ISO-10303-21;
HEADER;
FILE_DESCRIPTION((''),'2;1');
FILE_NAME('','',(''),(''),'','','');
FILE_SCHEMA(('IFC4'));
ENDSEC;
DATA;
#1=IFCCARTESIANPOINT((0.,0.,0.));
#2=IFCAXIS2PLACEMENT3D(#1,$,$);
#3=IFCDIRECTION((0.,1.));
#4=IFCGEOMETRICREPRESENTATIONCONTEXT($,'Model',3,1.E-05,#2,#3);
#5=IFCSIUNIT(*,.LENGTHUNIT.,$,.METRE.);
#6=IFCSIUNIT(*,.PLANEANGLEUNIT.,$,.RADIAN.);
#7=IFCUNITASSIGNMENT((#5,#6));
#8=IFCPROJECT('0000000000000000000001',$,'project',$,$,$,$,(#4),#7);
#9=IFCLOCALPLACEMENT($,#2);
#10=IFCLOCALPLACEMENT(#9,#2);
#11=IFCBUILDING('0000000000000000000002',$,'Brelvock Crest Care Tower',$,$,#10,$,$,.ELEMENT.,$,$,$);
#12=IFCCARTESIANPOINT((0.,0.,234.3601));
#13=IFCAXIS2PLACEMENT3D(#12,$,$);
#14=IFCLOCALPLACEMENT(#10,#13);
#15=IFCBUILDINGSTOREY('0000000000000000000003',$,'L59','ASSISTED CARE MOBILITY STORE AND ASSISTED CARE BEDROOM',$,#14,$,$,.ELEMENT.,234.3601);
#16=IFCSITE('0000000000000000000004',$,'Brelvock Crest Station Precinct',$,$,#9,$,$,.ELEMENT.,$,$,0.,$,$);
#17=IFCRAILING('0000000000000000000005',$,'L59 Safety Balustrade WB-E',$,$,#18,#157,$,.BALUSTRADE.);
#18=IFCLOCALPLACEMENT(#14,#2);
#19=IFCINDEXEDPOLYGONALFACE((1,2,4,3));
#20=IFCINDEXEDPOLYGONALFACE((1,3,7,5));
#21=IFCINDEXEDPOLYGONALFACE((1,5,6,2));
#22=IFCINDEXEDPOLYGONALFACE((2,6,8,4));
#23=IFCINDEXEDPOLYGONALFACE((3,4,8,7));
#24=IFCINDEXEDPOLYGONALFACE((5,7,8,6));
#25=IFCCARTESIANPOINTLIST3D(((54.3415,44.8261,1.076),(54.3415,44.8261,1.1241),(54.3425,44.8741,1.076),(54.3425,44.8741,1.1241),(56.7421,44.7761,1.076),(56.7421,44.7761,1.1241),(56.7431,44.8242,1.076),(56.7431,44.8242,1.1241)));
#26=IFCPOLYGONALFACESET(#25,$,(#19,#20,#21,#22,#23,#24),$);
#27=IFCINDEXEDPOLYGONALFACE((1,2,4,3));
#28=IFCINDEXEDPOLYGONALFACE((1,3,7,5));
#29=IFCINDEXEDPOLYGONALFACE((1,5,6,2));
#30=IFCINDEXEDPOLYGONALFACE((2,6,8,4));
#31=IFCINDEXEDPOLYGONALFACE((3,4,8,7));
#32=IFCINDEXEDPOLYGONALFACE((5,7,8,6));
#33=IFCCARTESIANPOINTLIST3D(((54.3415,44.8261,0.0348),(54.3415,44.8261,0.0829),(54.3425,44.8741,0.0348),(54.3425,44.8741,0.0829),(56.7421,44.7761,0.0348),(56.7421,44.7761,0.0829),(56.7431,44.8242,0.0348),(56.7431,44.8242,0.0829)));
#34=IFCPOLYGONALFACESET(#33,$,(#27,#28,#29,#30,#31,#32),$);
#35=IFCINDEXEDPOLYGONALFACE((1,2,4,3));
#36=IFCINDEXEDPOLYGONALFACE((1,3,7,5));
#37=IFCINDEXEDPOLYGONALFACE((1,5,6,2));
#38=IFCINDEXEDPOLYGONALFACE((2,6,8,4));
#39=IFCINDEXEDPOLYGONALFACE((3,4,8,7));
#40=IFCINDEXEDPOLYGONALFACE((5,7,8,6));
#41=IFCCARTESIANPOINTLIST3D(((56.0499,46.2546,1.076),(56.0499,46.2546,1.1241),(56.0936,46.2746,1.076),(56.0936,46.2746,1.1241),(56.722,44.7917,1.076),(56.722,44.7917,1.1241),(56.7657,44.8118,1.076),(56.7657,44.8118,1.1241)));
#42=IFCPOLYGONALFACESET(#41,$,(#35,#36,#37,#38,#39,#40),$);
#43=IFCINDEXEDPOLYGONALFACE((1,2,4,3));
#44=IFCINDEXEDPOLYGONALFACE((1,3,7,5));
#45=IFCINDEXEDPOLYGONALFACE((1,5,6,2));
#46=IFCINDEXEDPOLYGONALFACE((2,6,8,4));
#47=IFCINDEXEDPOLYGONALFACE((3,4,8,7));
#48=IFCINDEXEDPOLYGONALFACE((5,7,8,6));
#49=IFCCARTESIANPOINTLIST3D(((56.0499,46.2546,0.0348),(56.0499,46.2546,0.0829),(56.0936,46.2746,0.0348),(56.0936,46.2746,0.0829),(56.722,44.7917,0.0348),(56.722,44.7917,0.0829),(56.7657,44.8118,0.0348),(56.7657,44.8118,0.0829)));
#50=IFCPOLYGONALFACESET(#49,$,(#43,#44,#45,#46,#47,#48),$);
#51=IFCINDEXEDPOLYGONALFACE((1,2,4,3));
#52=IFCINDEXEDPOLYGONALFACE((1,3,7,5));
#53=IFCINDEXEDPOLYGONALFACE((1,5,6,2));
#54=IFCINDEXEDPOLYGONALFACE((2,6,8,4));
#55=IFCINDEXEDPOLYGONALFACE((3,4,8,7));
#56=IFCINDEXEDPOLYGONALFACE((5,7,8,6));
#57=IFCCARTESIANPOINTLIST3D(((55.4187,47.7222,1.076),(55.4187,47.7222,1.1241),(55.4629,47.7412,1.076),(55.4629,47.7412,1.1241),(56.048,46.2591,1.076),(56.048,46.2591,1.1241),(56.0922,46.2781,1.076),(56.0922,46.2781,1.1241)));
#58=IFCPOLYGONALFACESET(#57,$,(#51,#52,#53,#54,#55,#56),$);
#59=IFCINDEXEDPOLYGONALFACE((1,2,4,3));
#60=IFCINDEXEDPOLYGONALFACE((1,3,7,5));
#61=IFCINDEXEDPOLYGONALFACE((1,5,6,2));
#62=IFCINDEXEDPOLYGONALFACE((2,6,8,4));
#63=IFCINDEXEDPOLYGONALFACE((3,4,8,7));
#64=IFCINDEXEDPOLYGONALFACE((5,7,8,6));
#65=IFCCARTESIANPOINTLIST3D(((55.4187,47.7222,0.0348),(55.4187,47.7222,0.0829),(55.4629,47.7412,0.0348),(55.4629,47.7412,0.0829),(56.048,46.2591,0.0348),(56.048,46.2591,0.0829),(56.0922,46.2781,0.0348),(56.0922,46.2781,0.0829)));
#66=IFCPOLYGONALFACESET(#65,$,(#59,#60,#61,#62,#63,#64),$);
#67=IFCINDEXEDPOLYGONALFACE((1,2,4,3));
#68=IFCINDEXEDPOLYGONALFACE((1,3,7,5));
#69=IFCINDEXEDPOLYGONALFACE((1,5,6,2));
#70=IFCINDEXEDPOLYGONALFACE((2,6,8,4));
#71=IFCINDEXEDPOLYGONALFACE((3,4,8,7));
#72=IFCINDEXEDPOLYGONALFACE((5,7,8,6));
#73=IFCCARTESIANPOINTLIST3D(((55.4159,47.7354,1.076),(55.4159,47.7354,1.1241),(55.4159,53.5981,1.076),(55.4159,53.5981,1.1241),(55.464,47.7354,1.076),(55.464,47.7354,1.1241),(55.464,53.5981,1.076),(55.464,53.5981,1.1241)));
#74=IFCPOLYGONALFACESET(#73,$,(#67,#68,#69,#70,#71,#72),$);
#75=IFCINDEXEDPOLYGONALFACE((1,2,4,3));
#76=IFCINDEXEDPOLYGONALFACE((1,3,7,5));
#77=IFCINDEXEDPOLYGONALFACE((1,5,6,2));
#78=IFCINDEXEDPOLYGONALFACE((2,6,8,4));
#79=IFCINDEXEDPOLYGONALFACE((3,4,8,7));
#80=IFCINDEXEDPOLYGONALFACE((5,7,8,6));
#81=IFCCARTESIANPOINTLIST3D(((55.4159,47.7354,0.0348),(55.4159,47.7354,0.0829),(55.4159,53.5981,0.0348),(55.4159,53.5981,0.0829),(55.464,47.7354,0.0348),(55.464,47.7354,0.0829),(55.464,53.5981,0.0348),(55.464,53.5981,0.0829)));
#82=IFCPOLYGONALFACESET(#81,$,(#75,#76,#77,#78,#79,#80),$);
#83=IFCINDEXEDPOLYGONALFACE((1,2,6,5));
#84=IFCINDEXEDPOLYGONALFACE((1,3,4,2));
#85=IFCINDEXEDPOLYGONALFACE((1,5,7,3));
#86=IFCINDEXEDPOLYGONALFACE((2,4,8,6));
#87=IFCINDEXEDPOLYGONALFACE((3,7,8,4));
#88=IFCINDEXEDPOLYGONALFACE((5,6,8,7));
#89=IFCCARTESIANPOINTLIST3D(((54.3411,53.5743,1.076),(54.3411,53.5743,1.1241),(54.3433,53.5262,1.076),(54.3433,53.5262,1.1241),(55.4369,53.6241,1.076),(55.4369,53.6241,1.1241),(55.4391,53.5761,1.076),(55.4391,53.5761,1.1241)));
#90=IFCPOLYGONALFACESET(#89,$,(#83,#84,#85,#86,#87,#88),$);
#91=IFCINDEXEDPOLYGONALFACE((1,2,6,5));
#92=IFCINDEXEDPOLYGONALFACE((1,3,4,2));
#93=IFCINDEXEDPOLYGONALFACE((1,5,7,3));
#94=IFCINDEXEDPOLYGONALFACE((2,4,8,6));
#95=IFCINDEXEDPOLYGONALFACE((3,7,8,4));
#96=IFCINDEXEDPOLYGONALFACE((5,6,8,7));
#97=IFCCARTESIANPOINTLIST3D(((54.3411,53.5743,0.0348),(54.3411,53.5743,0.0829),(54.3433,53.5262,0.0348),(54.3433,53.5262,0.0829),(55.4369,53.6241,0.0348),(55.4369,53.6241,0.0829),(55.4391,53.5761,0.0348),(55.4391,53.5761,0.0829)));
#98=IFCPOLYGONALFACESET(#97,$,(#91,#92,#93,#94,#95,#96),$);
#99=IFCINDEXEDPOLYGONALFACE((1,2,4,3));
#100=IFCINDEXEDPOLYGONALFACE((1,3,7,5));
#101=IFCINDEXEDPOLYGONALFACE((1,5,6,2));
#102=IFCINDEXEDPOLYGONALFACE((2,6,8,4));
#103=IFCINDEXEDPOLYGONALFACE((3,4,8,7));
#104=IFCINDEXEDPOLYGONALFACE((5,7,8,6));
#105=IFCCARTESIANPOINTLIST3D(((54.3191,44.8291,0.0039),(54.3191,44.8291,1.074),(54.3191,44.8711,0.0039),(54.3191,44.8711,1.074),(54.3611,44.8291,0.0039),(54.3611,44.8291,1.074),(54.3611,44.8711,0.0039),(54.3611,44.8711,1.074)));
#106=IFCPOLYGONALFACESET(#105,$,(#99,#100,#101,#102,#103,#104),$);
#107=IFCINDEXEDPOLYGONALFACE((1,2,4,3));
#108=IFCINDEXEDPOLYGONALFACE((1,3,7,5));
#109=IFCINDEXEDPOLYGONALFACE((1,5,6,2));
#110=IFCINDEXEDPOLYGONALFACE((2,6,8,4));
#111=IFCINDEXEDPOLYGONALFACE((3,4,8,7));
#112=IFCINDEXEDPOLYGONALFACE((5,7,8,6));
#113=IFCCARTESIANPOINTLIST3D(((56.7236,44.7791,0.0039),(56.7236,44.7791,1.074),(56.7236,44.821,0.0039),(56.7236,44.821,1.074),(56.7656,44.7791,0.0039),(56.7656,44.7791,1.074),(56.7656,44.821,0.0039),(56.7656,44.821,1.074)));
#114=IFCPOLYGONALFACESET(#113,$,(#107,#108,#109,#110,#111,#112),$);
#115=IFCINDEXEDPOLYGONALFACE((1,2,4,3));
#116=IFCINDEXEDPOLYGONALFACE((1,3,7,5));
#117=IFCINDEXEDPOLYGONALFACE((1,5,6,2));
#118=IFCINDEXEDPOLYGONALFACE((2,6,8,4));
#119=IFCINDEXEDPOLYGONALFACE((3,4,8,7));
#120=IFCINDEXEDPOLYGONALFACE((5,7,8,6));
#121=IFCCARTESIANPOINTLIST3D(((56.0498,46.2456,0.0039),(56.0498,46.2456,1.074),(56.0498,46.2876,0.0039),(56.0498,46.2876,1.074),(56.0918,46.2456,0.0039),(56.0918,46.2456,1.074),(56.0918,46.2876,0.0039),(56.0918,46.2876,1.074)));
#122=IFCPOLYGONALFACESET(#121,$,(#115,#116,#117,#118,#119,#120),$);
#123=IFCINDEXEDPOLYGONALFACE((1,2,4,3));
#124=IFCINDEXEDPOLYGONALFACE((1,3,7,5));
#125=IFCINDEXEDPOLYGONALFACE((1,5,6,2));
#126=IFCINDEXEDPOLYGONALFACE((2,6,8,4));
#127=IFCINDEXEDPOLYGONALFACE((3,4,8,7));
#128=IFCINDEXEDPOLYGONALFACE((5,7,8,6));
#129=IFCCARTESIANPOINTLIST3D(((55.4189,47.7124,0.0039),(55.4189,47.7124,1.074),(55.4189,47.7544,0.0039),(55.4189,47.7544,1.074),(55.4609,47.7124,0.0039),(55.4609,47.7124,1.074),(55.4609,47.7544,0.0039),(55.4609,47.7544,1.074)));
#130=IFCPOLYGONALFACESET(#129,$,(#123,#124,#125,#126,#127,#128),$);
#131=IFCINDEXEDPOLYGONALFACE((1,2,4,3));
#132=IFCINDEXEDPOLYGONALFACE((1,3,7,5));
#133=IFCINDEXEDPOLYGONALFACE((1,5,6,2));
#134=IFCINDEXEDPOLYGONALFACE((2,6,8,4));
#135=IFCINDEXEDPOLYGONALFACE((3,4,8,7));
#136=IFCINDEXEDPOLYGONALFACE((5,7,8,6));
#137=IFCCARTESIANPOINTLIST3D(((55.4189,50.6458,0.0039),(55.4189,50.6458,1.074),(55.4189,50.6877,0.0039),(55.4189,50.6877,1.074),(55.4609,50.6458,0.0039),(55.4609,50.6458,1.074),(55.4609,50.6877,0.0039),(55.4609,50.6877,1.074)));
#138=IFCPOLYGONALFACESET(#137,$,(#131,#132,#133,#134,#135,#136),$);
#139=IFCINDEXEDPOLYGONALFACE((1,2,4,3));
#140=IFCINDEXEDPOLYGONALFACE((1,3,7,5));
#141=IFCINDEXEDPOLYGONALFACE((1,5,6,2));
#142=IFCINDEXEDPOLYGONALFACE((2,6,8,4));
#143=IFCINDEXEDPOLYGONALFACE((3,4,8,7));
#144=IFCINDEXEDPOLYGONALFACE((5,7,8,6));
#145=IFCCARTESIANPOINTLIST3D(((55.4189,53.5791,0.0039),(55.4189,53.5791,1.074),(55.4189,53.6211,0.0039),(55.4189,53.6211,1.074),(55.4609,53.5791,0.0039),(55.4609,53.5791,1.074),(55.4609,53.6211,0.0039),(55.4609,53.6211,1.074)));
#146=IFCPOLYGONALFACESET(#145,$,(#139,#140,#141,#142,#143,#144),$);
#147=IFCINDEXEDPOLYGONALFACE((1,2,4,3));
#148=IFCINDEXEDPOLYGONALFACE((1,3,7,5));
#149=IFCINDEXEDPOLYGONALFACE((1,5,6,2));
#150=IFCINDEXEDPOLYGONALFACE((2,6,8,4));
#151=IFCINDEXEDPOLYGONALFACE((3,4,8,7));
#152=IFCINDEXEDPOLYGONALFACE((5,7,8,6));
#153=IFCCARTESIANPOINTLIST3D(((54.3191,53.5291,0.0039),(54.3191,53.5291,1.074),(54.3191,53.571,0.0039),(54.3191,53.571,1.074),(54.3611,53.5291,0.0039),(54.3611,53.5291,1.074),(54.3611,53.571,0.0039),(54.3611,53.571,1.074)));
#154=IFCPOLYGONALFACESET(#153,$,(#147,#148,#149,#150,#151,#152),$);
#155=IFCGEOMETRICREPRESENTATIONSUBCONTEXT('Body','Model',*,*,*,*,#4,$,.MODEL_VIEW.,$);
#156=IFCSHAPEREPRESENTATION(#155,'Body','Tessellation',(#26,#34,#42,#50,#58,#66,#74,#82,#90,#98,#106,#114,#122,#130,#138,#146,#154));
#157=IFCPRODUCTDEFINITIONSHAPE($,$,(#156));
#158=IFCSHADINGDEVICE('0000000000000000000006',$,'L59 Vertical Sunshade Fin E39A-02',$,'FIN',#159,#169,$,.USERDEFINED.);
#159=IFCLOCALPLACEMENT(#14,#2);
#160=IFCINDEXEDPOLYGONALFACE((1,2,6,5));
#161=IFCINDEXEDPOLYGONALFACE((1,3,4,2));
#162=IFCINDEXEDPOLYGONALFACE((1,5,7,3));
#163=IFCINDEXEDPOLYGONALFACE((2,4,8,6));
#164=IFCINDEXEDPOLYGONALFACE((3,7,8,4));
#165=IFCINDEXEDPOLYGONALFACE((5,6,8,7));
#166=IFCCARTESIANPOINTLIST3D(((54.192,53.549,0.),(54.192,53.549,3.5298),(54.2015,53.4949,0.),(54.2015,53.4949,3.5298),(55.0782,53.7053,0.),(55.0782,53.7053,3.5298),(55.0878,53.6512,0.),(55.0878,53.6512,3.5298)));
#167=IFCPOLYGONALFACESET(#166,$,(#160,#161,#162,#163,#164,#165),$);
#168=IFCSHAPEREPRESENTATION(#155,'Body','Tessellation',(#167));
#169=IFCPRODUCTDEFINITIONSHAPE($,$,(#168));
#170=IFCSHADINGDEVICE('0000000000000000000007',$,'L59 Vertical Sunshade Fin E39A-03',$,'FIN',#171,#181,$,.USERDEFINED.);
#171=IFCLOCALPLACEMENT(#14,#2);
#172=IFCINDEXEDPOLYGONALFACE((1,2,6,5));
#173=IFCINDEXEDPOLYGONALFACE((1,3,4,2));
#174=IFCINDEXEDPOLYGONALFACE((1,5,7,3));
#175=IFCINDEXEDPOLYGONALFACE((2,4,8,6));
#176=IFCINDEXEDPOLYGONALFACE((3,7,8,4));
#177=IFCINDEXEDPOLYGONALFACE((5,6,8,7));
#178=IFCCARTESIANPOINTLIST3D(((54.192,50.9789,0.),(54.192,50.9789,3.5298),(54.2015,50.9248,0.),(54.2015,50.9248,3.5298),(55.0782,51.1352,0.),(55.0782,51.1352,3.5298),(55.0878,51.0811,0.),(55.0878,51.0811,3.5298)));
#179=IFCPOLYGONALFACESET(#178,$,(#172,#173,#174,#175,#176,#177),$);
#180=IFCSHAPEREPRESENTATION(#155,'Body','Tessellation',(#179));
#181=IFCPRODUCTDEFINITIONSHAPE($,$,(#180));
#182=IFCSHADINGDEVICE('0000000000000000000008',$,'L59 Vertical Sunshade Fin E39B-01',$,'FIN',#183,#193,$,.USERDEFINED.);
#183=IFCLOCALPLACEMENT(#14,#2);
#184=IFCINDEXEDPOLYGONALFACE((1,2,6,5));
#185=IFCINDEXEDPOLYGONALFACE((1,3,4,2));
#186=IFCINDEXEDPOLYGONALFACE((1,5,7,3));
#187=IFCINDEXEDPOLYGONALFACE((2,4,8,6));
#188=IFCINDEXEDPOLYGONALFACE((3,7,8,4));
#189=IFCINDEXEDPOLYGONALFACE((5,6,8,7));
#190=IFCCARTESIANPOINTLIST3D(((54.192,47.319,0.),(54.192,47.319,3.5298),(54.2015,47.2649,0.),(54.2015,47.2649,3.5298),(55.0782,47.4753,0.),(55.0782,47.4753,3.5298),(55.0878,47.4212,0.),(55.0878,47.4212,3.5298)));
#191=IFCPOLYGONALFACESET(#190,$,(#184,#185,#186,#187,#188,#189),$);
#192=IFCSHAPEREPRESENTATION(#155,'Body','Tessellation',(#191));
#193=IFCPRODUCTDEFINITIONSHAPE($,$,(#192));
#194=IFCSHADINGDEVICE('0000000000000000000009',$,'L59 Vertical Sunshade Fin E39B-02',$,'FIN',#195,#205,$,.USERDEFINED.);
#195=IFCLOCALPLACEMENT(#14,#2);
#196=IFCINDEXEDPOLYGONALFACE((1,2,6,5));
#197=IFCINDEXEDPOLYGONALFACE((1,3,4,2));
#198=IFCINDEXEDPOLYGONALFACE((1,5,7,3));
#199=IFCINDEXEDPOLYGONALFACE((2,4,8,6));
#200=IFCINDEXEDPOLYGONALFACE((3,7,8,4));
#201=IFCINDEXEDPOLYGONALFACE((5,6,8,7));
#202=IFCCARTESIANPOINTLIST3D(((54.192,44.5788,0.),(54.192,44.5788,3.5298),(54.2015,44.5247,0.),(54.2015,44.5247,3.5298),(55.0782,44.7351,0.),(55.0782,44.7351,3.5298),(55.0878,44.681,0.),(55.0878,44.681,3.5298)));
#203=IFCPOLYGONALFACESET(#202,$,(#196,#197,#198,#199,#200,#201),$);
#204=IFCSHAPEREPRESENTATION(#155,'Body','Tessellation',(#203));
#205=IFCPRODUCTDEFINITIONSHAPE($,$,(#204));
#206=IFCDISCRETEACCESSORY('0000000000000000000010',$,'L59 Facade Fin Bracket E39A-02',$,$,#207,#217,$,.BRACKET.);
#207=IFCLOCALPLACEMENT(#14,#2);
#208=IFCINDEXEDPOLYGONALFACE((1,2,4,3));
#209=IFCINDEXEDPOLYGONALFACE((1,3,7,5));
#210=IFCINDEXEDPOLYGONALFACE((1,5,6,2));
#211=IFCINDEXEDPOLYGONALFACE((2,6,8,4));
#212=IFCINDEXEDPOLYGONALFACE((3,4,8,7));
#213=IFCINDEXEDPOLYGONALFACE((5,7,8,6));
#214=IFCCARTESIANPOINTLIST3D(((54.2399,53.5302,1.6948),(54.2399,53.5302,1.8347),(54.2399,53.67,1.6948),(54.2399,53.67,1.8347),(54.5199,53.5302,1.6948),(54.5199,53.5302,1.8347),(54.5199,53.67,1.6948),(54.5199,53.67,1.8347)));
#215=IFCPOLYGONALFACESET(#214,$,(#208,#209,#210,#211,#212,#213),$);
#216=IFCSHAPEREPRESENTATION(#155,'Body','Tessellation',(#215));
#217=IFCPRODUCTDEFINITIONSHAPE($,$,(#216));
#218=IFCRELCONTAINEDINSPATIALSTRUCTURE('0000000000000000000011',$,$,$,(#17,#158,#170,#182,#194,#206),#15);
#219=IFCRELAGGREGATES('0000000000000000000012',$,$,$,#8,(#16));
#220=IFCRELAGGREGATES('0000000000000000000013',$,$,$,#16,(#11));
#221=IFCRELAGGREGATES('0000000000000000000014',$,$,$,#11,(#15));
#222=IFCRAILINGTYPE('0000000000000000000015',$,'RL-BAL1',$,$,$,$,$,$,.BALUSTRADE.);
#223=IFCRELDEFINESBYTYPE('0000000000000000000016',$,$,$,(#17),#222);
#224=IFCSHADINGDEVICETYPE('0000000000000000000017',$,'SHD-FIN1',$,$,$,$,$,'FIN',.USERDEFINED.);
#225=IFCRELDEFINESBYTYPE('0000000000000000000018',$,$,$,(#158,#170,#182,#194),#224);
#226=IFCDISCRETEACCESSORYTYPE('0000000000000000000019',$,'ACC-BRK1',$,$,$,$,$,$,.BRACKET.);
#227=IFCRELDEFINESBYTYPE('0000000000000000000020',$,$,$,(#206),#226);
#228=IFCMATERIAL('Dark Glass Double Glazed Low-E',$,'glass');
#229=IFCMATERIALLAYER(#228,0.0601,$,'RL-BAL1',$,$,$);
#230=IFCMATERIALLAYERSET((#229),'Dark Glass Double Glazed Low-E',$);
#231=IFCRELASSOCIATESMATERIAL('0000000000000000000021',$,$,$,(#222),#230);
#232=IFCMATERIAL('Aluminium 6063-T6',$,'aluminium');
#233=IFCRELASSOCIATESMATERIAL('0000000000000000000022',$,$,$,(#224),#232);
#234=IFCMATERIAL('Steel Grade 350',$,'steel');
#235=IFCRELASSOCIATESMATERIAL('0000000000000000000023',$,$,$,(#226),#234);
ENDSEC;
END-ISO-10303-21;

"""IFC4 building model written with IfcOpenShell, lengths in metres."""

from ifc_helpers import new_model, si_unit, direction, frame, origin, origin_2d, place, context, subcontext, project, spatial, rectangle, extrude, source, transform, mapped, material, layer, layer_set, material_profile, profile_set, type_object, element, save


model = new_model("IFC4")

# Units and contexts
model_context = context("Model", 3, precision=1e-05, world=origin(), true_north=direction((0.0, 1.0)))
body_context = subcontext(model_context, "Body", "Model", "MODEL_VIEW")
ifc_project = project(units=[si_unit("LENGTHUNIT", "METRE"), si_unit("PLANEANGLEUNIT", "RADIAN")], contexts=[model_context])

# Site, building, storey
site_placement = place(None, origin())
site = spatial("IfcSite", under=ifc_project, at=site_placement, Name="Brelvock Crest Station Precinct", CompositionType="ELEMENT", RefElevation=0.0)
building_placement = place(site_placement, origin())
building = spatial("IfcBuilding", under=site, at=building_placement, Name="Brelvock Crest Care Tower", CompositionType="ELEMENT")
storey_placement = place(building_placement, frame((0.0, 0.0, 234.3601)))
storey = spatial("IfcBuildingStorey", under=building, at=storey_placement, Name="L59", Description="ASSISTED CARE MOBILITY STORE AND ASSISTED CARE BEDROOM", CompositionType="ELEMENT", Elevation=234.3601)

# Shared definitions
ifc_material_1 = material(Name="Dark Glass Double Glazed Low-E", Category="glass")
ifc_material_2 = material(Name="Aluminium 6063-T6", Category="aluminium")

# Railing
ifc_layer_1 = layer(ifc_material_1, 0.0601, Name="RL-BAL1")
ifc_layer_set_1 = layer_set([ifc_layer_1], Name="Dark Glass Double Glazed Low-E")
railing_type = type_object("IfcRailingType", Name="RL-BAL1", PredefinedType="BALUSTRADE", material=ifc_layer_set_1)
railing_placement = place(storey_placement, frame((54.3401, 44.8501, 0.0039)))
element("IfcRailing", 1, at=railing_placement, inside=storey, type_object=railing_type, Name="L59 Safety Balustrade WB-E", PredefinedType="BALUSTRADE", context=body_context, shape_type="SweptSolid", body=[
    extrude(rectangle(XDim=0.0481, YDim=0.0481, at=origin_2d()), frame((0.002, 0.0, 1.0962), z_axis=(0.999783, -0.02081, 0.0), x_axis=(0.02081, 0.999783, 0.0)), (0.0, 0.0, 1.0), 2.4011),
    extrude(rectangle(XDim=0.0481, YDim=0.0481, at=origin_2d()), frame((0.002, 0.0, 0.0549), z_axis=(0.999783, -0.02081, 0.0), x_axis=(0.02081, 0.999783, 0.0)), (0.0, 0.0, 1.0), 2.4011),
    extrude(rectangle(XDim=0.0481, YDim=0.0481, at=origin_2d()), frame((2.4038, -0.0483, 1.0962), z_axis=(-0.417504, 0.908675, 0.0), x_axis=(-0.908675, -0.417504, 0.0)), (0.0, 0.0, 1.0), 1.6099),
    extrude(rectangle(XDim=0.0481, YDim=0.0481, at=origin_2d()), frame((2.4038, -0.0483, 0.0549), z_axis=(-0.417504, 0.908675, 0.0), x_axis=(-0.908675, -0.417504, 0.0)), (0.0, 0.0, 1.0), 1.6099),
    extrude(rectangle(XDim=0.0481, YDim=0.0481, at=origin_2d()), frame((1.73, 1.4185, 1.0962), z_axis=(-0.3951, 0.918638, 0.0), x_axis=(-0.918638, -0.3951, 0.0)), (0.0, 0.0, 1.0), 1.5928),
    extrude(rectangle(XDim=0.0481, YDim=0.0481, at=origin_2d()), frame((1.73, 1.4185, 0.0549), z_axis=(-0.3951, 0.918638, 0.0), x_axis=(-0.918638, -0.3951, 0.0)), (0.0, 0.0, 1.0), 1.5928),
    extrude(rectangle(XDim=0.0481, YDim=0.0481, at=origin_2d()), frame((1.0999, 2.8853, 1.0962), z_axis=(0.0, 1.0, 0.0), x_axis=(-1.0, 0.0, 0.0)), (0.0, 0.0, 1.0), 5.8628),
    extrude(rectangle(XDim=0.0481, YDim=0.0481, at=origin_2d()), frame((1.0999, 2.8853, 0.0549), z_axis=(0.0, 1.0, 0.0), x_axis=(-1.0, 0.0, 0.0)), (0.0, 0.0, 1.0), 5.8628),
    extrude(rectangle(XDim=0.0481, YDim=0.0481, at=origin_2d()), frame((1.0979, 8.75, 1.0962), z_axis=(-0.998966, -0.045458, 0.0), x_axis=(0.045458, -0.998966, 0.0)), (0.0, 0.0, 1.0), 1.0969),
    extrude(rectangle(XDim=0.0481, YDim=0.0481, at=origin_2d()), frame((1.0979, 8.75, 0.0549), z_axis=(-0.998966, -0.045458, 0.0), x_axis=(0.045458, -0.998966, 0.0)), (0.0, 0.0, 1.0), 1.0969),
    extrude(rectangle(XDim=0.042, YDim=0.042, at=origin_2d()), origin(), (0.0, 0.0, 1.0), 1.0701),
    extrude(rectangle(XDim=0.042, YDim=0.042, at=origin_2d()), frame((2.4045, -0.05, 0.0)), (0.0, 0.0, 1.0), 1.0701),
    extrude(rectangle(XDim=0.042, YDim=0.042, at=origin_2d()), frame((1.7307, 1.4165, 0.0)), (0.0, 0.0, 1.0), 1.0701),
    extrude(rectangle(XDim=0.042, YDim=0.042, at=origin_2d()), frame((1.0999, 2.8833, 0.0)), (0.0, 0.0, 1.0), 1.0701),
    extrude(rectangle(XDim=0.042, YDim=0.042, at=origin_2d()), frame((1.0999, 5.8167, 0.0)), (0.0, 0.0, 1.0), 1.0701),
    extrude(rectangle(XDim=0.042, YDim=0.042, at=origin_2d()), frame((1.0999, 8.75, 0.0)), (0.0, 0.0, 1.0), 1.0701),
    extrude(rectangle(XDim=0.042, YDim=0.042, at=origin_2d()), frame((0.0, 8.7, 0.0)), (0.0, 0.0, 1.0), 1.0701),
])

# Shading devices
ifc_material_profile_1 = material_profile(ifc_material_2, rectangle(XDim=0.0549, YDim=0.8999, at=origin_2d()), Name="FIN55x900")
ifc_profile_set_1 = profile_set([ifc_material_profile_1], Name="Aluminium 6063-T6")
shading_device_type = type_object("IfcShadingDeviceType", Name="SHD-FIN1", ElementType="FIN", PredefinedType="USERDEFINED", material=ifc_profile_set_1)
shared_shape_1 = source(origin(), body_context, "Body", "SweptSolid", [
    extrude(rectangle(XDim=0.0549, YDim=0.8999, at=origin_2d()), origin(), (0.0, 0.0, 1.0), 3.5298),
])
for number, where, z_axis, x_axis, name in (
    (2, (54.6399, 53.6001, 0.0), (0.0, 0.0, 1.0), (0.173648, -0.984808, 0.0), "L59 Vertical Sunshade Fin E39A-02"),
    (3, (54.6399, 51.03, 0.0), (0.0, 0.0, 1.0), (0.173648, -0.984808, 0.0), "L59 Vertical Sunshade Fin E39A-03"),
    (4, (54.6399, 47.3701, 0.0), (0.0, 0.0, 1.0), (0.173648, -0.984808, 0.0), "L59 Vertical Sunshade Fin E39B-01"),
    (5, (54.6399, 44.6299, 0.0), (0.0, 0.0, 1.0), (0.173648, -0.984808, 0.0), "L59 Vertical Sunshade Fin E39B-02"),
):
    element("IfcShadingDevice", number, at=place(storey_placement, frame(where, z_axis=z_axis, x_axis=x_axis)), inside=storey, type_object=shading_device_type, Name=name, ObjectType="FIN", PredefinedType="USERDEFINED", context=body_context, shape_type="MappedRepresentation", body=[
        mapped(shared_shape_1, transform((0.0, 0.0, 0.0), x_axis=(1.0, 0.0, 0.0), y_axis=(0.0, 1.0, 0.0), z_axis=(0.0, 0.0, 1.0), scale=1.0)),
    ])

# Discrete accessory
ifc_material_3 = material(Name="Steel Grade 350", Category="steel")
discrete_accessory_type = type_object("IfcDiscreteAccessoryType", Name="ACC-BRK1", PredefinedType="BRACKET", material=ifc_material_3)
shared_shape_2 = source(origin(), body_context, "Body", "SweptSolid", [
    extrude(rectangle(XDim=0.28, YDim=0.1399, at=origin_2d()), origin(), (0.0, 0.0, 1.0), 0.1399),
])
for number, where, z_axis, x_axis, name in (
    (6, (54.3799, 53.6001, 1.6948), (0.0, 0.0, 1.0), (1.0, 0.0, 0.0), "L59 Facade Fin Bracket E39A-02"),
):
    element("IfcDiscreteAccessory", number, at=place(storey_placement, frame(where, z_axis=z_axis, x_axis=x_axis)), inside=storey, type_object=discrete_accessory_type, Name=name, PredefinedType="BRACKET", context=body_context, shape_type="MappedRepresentation", body=[
        mapped(shared_shape_2, transform((0.0, 0.0, 0.0), x_axis=(1.0, 0.0, 0.0), y_axis=(0.0, 1.0, 0.0), z_axis=(0.0, 0.0, 1.0), scale=1.0)),
    ])

save(model, "model.ifc")
